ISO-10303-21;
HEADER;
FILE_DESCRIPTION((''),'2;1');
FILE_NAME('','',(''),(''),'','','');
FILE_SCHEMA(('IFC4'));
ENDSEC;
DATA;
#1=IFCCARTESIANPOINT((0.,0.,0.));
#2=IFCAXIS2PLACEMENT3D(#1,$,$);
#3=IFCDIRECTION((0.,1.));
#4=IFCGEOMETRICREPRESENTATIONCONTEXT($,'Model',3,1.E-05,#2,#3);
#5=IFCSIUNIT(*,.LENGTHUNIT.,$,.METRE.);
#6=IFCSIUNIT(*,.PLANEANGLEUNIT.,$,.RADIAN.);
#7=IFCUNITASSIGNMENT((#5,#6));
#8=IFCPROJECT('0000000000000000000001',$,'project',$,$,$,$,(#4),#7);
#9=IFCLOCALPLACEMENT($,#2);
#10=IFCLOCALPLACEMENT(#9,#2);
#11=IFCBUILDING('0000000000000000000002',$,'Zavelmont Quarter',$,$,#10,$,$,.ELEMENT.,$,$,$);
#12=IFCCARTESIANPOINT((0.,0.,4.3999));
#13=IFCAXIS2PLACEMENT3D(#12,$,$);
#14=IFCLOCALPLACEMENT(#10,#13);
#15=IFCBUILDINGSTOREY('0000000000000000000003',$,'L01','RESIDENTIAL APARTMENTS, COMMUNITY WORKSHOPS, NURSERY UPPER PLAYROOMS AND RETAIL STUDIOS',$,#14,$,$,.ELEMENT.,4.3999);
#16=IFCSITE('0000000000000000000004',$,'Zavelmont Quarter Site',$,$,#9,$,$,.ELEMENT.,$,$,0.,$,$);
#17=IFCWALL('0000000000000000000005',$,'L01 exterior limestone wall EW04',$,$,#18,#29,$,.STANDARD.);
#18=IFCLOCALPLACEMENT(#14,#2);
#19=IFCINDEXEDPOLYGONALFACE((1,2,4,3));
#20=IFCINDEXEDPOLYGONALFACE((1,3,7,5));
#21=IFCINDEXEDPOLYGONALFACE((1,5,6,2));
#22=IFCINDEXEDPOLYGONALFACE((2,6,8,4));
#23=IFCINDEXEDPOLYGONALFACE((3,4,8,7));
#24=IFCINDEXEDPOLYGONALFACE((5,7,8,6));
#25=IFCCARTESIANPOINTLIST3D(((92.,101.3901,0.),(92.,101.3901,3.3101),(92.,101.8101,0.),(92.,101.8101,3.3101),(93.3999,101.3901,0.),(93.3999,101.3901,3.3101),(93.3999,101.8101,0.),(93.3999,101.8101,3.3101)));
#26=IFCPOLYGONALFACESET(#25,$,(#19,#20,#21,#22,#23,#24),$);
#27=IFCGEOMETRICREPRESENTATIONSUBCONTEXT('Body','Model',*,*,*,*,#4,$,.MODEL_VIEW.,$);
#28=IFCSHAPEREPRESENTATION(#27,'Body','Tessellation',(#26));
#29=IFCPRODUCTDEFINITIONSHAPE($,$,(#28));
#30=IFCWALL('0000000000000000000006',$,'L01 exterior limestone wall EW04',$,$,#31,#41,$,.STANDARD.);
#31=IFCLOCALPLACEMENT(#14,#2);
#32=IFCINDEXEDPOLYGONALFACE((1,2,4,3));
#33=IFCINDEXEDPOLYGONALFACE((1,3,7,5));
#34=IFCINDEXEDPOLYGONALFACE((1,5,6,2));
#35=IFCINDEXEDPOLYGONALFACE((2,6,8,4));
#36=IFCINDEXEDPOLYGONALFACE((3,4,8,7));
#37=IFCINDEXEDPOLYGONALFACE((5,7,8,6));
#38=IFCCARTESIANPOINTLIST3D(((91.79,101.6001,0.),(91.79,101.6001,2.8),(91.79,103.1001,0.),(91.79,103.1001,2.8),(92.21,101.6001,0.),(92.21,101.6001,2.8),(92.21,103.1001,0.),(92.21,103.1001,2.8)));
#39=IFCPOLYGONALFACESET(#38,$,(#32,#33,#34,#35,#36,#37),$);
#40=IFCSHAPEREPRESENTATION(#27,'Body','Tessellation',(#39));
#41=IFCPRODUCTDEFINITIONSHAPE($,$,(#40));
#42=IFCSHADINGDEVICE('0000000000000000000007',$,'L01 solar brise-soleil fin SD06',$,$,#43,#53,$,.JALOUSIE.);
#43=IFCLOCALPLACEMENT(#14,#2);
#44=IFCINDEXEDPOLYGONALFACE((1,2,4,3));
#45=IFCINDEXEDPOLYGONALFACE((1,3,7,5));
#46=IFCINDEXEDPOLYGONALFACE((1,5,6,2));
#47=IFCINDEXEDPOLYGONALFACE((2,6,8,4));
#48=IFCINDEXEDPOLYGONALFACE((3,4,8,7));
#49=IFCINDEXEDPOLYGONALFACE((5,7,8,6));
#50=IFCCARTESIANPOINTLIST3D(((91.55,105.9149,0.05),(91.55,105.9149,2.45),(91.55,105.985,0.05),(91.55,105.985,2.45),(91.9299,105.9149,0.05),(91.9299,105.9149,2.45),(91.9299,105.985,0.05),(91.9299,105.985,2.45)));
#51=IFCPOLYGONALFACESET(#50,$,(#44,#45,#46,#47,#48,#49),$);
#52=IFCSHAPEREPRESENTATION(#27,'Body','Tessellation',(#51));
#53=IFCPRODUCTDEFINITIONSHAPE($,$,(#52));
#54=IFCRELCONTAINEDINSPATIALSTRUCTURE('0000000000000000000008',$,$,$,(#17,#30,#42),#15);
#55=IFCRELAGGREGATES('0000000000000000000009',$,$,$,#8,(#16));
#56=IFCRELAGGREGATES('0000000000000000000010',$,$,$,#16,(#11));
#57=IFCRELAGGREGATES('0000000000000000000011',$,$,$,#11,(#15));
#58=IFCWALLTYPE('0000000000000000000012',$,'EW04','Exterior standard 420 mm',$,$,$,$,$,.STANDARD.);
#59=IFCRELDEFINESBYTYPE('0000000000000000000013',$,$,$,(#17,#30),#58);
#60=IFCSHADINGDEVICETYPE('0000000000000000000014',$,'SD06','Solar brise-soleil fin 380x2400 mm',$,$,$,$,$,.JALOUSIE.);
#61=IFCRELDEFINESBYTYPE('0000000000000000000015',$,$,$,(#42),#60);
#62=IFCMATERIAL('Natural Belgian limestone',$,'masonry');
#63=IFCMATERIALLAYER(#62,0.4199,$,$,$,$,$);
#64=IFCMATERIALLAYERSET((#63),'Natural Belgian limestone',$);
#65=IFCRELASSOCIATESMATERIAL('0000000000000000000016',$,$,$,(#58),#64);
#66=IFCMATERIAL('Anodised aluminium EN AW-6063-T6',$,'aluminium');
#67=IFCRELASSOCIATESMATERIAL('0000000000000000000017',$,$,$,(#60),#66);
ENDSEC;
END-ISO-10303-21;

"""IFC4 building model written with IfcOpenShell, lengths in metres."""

from ifc_helpers import new_model, si_unit, direction, frame, frame_2d, origin, origin_2d, place, context, subcontext, project, spatial, rectangle, extrude, material, layer, layer_set, type_object, element, save


model = new_model("IFC4")

# Units and contexts
model_context = context("Model", 3, precision=1e-05, world=origin(), true_north=direction((0.0, 1.0)))
body_context = subcontext(model_context, "Body", "Model", "MODEL_VIEW")
ifc_project = project(units=[si_unit("LENGTHUNIT", "METRE"), si_unit("PLANEANGLEUNIT", "RADIAN")], contexts=[model_context])

# Site, building, storey
site_placement = place(None, origin())
site = spatial("IfcSite", under=ifc_project, at=site_placement, Name="Zavelmont Quarter Site", CompositionType="ELEMENT", RefElevation=0.0)
building_placement = place(site_placement, origin())
building = spatial("IfcBuilding", under=site, at=building_placement, Name="Zavelmont Quarter", CompositionType="ELEMENT")
storey_placement = place(building_placement, frame((0.0, 0.0, 4.3999)))
storey = spatial("IfcBuildingStorey", under=building, at=storey_placement, Name="L01", Description="RESIDENTIAL APARTMENTS, COMMUNITY WORKSHOPS, NURSERY UPPER PLAYROOMS AND RETAIL STUDIOS", CompositionType="ELEMENT", Elevation=4.3999)

# Walls
ifc_material_1 = material(Name="Natural Belgian limestone", Category="masonry")
ifc_layer_1 = layer(ifc_material_1, 0.4199)
ifc_layer_set_1 = layer_set([ifc_layer_1], Name="Natural Belgian limestone")
wall_type = type_object("IfcWallType", Name="EW04", Description="Exterior standard 420 mm", PredefinedType="STANDARD", material=ifc_layer_set_1)
wall_1_placement = place(storey_placement, frame((92.0, 101.6001, 0.0), z_axis=(0.0, 0.0, 1.0), x_axis=(1.0, 0.0, 0.0)))
element("IfcWall", 1, at=wall_1_placement, inside=storey, type_object=wall_type, Name="L01 exterior limestone wall EW04", PredefinedType="STANDARD", context=body_context, shape_type="SweptSolid", body=[
    extrude(rectangle(XDim=1.3999, YDim=0.4199, at=frame_2d((0.7, 0.0))), origin(), (0.0, 0.0, 1.0), 3.3101),
])
wall_2_placement = place(storey_placement, frame((92.0, 101.6001, 0.0), z_axis=(0.0, 0.0, 1.0), x_axis=(0.0, 1.0, 0.0)))
element("IfcWall", 2, at=wall_2_placement, inside=storey, type_object=wall_type, Name="L01 exterior limestone wall EW04", PredefinedType="STANDARD", context=body_context, shape_type="SweptSolid", body=[
    extrude(rectangle(XDim=1.5, YDim=0.4199, at=frame_2d((0.75, 0.0))), origin(), (0.0, 0.0, 1.0), 2.8),
])

# Shading device
ifc_material_2 = material(Name="Anodised aluminium EN AW-6063-T6", Category="aluminium")
shading_device_type = type_object("IfcShadingDeviceType", Name="SD06", Description="Solar brise-soleil fin 380x2400 mm", PredefinedType="JALOUSIE", material=ifc_material_2)
shading_device_placement = place(storey_placement, frame((91.74, 105.95, 0.05), z_axis=(0.0, 0.0, 1.0), x_axis=(0.0, 1.0, 0.0)))
element("IfcShadingDevice", 3, at=shading_device_placement, inside=storey, type_object=shading_device_type, Name="L01 solar brise-soleil fin SD06", PredefinedType="JALOUSIE", context=body_context, shape_type="SweptSolid", body=[
    extrude(rectangle(XDim=0.0701, YDim=0.3799, at=origin_2d()), origin(), (0.0, 0.0, 1.0), 2.3999),
])

save(model, "model.ifc")
